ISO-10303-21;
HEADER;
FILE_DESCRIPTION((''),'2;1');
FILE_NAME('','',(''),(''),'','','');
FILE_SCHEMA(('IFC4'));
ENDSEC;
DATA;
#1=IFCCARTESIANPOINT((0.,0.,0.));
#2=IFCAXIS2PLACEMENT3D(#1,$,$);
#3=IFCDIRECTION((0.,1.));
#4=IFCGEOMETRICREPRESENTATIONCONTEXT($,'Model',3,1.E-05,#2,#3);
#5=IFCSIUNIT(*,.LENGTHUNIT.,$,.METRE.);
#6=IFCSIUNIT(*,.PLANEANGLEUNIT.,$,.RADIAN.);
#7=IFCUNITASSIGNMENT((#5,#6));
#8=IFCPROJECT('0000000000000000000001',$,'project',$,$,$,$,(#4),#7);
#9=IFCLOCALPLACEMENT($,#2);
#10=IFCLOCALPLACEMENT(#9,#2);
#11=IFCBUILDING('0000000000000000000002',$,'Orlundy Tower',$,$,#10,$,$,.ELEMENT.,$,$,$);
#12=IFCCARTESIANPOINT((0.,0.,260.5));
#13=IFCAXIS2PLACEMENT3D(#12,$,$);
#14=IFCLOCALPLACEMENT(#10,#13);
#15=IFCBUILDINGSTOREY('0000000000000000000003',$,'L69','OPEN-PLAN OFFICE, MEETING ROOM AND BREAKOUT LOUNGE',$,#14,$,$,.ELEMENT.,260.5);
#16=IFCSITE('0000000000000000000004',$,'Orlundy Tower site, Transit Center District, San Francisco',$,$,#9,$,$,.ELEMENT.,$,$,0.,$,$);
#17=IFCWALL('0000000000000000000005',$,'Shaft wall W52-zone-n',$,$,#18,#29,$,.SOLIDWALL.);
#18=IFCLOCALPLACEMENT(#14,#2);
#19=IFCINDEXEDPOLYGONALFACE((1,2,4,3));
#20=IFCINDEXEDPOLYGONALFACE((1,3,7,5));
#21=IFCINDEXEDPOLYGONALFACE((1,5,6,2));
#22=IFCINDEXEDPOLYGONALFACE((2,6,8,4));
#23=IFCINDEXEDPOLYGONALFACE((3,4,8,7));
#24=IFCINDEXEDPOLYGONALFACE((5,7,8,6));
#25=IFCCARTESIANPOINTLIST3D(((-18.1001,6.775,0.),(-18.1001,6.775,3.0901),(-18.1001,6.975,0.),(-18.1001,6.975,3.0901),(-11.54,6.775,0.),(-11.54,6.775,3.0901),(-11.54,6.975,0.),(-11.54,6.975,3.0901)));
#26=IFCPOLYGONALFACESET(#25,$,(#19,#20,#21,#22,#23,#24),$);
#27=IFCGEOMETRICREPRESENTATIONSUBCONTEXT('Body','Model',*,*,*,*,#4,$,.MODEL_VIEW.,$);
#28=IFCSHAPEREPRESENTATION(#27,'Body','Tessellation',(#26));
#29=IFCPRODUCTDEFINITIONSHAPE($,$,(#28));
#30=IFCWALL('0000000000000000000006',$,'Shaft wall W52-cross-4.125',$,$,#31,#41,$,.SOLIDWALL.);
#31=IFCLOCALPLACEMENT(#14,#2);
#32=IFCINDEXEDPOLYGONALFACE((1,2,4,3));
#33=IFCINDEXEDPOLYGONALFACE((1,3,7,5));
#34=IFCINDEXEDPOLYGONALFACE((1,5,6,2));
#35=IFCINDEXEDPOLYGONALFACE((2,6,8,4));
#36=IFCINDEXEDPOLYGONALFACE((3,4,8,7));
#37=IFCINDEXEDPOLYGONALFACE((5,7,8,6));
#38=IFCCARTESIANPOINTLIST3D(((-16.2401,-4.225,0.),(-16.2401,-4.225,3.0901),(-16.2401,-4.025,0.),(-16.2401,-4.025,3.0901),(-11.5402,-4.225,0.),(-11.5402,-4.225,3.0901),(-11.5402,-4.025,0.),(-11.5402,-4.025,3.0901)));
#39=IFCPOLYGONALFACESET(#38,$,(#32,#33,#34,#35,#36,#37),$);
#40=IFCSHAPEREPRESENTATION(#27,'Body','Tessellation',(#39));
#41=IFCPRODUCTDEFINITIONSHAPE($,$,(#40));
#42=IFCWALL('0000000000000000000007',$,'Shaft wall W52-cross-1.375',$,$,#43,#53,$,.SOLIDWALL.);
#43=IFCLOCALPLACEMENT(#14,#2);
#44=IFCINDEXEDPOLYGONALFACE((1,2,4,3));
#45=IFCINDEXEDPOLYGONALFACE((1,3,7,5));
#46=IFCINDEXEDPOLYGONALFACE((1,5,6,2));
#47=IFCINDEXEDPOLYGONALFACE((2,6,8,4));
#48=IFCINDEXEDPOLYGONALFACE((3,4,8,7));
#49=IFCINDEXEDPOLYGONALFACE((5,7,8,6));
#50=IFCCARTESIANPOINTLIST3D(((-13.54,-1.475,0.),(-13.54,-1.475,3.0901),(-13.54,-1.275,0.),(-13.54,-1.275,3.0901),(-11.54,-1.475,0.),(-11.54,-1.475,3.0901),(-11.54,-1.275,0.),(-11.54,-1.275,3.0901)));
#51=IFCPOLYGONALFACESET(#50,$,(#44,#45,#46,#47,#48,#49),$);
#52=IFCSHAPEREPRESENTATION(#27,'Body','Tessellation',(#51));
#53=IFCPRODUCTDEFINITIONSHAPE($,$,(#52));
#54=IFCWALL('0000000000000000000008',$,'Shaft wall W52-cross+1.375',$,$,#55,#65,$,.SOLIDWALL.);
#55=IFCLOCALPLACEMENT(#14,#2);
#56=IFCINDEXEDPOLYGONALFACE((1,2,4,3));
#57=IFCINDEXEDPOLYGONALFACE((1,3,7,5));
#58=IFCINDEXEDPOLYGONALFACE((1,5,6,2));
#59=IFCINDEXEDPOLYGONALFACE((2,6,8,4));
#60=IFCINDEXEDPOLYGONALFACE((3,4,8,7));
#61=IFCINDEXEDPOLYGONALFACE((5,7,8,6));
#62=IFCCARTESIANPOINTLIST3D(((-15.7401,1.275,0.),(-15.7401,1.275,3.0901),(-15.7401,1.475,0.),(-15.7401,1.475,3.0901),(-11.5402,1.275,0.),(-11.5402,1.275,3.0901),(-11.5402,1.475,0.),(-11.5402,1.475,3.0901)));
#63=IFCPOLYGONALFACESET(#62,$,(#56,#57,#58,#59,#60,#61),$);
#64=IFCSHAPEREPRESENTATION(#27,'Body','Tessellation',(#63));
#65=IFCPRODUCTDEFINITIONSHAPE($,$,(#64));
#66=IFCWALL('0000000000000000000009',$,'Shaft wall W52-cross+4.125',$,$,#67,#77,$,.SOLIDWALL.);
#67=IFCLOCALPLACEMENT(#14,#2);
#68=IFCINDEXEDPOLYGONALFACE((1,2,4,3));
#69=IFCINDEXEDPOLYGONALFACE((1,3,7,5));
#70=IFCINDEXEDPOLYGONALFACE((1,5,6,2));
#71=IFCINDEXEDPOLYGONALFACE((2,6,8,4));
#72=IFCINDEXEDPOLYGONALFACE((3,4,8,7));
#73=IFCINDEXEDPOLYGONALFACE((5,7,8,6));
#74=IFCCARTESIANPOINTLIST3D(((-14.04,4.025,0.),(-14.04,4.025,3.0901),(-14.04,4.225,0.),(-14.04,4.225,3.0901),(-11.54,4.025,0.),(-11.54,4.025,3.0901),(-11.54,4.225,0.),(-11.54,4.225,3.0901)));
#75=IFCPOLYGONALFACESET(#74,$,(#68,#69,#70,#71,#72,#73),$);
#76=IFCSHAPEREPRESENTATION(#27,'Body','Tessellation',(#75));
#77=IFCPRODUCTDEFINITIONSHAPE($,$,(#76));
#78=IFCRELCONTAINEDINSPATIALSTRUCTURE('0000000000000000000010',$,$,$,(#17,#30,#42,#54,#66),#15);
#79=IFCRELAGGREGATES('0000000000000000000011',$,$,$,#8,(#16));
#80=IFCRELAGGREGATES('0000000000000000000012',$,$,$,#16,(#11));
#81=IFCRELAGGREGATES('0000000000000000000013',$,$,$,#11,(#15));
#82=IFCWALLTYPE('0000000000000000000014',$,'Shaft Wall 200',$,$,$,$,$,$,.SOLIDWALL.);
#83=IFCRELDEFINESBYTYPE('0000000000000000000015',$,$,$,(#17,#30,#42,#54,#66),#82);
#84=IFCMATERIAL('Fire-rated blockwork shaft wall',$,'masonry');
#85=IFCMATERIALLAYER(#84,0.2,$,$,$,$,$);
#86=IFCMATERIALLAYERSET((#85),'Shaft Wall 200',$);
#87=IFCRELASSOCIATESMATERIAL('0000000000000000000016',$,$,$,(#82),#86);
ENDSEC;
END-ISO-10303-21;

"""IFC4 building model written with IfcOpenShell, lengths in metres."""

from ifc_helpers import new_model, si_unit, direction, frame, frame_2d, origin, place, context, subcontext, project, spatial, rectangle, extrude, material, layer, layer_set, type_object, element, save


model = new_model("IFC4")

# Units and contexts
model_context = context("Model", 3, precision=1e-05, world=origin(), true_north=direction((0.0, 1.0)))
body_context = subcontext(model_context, "Body", "Model", "MODEL_VIEW")
ifc_project = project(units=[si_unit("LENGTHUNIT", "METRE"), si_unit("PLANEANGLEUNIT", "RADIAN")], contexts=[model_context])

# Site, building, storey
site_placement = place(None, origin())
site = spatial("IfcSite", under=ifc_project, at=site_placement, Name="Orlundy Tower site, Transit Center District, San Francisco", CompositionType="ELEMENT", RefElevation=0.0)
building_placement = place(site_placement, origin())
building = spatial("IfcBuilding", under=site, at=building_placement, Name="Orlundy Tower", CompositionType="ELEMENT")
storey_placement = place(building_placement, frame((0.0, 0.0, 260.5)))
storey = spatial("IfcBuildingStorey", under=building, at=storey_placement, Name="L69", Description="OPEN-PLAN OFFICE, MEETING ROOM AND BREAKOUT LOUNGE", CompositionType="ELEMENT", Elevation=260.5)

# Walls
ifc_material_1 = material(Name="Fire-rated blockwork shaft wall", Category="masonry")
ifc_layer_1 = layer(ifc_material_1, 0.2)
ifc_layer_set_1 = layer_set([ifc_layer_1], Name="Shaft Wall 200")
wall_type_1 = type_object("IfcWallType", Name="Shaft Wall 200", PredefinedType="SOLIDWALL", material=ifc_layer_set_1)
wall_1_placement = place(storey_placement, frame((-11.54, 6.875, 0.0), z_axis=(0.0, 0.0, 1.0), x_axis=(-1.0, 0.0, 0.0)))
element("IfcWall", 1, at=wall_1_placement, inside=storey, type_object=wall_type_1, Name="Shaft wall W52-zone-n", PredefinedType="SOLIDWALL", context=body_context, shape_type="SweptSolid", body=[
    extrude(rectangle(XDim=6.5601, YDim=0.2, at=frame_2d((3.28, 0.0))), origin(), (0.0, 0.0, 1.0), 3.0901),
])
wall_2_placement = place(storey_placement, frame((-11.54, -4.125, 0.0), z_axis=(0.0, 0.0, 1.0), x_axis=(-1.0, 0.0, 0.0)))
element("IfcWall", 2, at=wall_2_placement, inside=storey, type_object=wall_type_1, Name="Shaft wall W52-cross-4.125", PredefinedType="SOLIDWALL", context=body_context, shape_type="SweptSolid", body=[
    extrude(rectangle(XDim=4.7, YDim=0.2, at=frame_2d((2.3501, 0.0))), origin(), (0.0, 0.0, 1.0), 3.0901),
])
wall_3_placement = place(storey_placement, frame((-11.54, -1.375, 0.0), z_axis=(0.0, 0.0, 1.0), x_axis=(-1.0, 0.0, 0.0)))
element("IfcWall", 3, at=wall_3_placement, inside=storey, type_object=wall_type_1, Name="Shaft wall W52-cross-1.375", PredefinedType="SOLIDWALL", context=body_context, shape_type="SweptSolid", body=[
    extrude(rectangle(XDim=2.0, YDim=0.2, at=frame_2d((1.0, 0.0))), origin(), (0.0, 0.0, 1.0), 3.0901),
])
wall_4_placement = place(storey_placement, frame((-11.54, 1.375, 0.0), z_axis=(0.0, 0.0, 1.0), x_axis=(-1.0, 0.0, 0.0)))
element("IfcWall", 4, at=wall_4_placement, inside=storey, type_object=wall_type_1, Name="Shaft wall W52-cross+1.375", PredefinedType="SOLIDWALL", context=body_context, shape_type="SweptSolid", body=[
    extrude(rectangle(XDim=4.2, YDim=0.2, at=frame_2d((2.1001, 0.0))), origin(), (0.0, 0.0, 1.0), 3.0901),
])
wall_5_placement = place(storey_placement, frame((-11.54, 4.125, 0.0), z_axis=(0.0, 0.0, 1.0), x_axis=(-1.0, 0.0, 0.0)))
element("IfcWall", 5, at=wall_5_placement, inside=storey, type_object=wall_type_1, Name="Shaft wall W52-cross+4.125", PredefinedType="SOLIDWALL", context=body_context, shape_type="SweptSolid", body=[
    extrude(rectangle(XDim=2.5, YDim=0.2, at=frame_2d((1.25, 0.0))), origin(), (0.0, 0.0, 1.0), 3.0901),
])

save(model, "model.ifc")
